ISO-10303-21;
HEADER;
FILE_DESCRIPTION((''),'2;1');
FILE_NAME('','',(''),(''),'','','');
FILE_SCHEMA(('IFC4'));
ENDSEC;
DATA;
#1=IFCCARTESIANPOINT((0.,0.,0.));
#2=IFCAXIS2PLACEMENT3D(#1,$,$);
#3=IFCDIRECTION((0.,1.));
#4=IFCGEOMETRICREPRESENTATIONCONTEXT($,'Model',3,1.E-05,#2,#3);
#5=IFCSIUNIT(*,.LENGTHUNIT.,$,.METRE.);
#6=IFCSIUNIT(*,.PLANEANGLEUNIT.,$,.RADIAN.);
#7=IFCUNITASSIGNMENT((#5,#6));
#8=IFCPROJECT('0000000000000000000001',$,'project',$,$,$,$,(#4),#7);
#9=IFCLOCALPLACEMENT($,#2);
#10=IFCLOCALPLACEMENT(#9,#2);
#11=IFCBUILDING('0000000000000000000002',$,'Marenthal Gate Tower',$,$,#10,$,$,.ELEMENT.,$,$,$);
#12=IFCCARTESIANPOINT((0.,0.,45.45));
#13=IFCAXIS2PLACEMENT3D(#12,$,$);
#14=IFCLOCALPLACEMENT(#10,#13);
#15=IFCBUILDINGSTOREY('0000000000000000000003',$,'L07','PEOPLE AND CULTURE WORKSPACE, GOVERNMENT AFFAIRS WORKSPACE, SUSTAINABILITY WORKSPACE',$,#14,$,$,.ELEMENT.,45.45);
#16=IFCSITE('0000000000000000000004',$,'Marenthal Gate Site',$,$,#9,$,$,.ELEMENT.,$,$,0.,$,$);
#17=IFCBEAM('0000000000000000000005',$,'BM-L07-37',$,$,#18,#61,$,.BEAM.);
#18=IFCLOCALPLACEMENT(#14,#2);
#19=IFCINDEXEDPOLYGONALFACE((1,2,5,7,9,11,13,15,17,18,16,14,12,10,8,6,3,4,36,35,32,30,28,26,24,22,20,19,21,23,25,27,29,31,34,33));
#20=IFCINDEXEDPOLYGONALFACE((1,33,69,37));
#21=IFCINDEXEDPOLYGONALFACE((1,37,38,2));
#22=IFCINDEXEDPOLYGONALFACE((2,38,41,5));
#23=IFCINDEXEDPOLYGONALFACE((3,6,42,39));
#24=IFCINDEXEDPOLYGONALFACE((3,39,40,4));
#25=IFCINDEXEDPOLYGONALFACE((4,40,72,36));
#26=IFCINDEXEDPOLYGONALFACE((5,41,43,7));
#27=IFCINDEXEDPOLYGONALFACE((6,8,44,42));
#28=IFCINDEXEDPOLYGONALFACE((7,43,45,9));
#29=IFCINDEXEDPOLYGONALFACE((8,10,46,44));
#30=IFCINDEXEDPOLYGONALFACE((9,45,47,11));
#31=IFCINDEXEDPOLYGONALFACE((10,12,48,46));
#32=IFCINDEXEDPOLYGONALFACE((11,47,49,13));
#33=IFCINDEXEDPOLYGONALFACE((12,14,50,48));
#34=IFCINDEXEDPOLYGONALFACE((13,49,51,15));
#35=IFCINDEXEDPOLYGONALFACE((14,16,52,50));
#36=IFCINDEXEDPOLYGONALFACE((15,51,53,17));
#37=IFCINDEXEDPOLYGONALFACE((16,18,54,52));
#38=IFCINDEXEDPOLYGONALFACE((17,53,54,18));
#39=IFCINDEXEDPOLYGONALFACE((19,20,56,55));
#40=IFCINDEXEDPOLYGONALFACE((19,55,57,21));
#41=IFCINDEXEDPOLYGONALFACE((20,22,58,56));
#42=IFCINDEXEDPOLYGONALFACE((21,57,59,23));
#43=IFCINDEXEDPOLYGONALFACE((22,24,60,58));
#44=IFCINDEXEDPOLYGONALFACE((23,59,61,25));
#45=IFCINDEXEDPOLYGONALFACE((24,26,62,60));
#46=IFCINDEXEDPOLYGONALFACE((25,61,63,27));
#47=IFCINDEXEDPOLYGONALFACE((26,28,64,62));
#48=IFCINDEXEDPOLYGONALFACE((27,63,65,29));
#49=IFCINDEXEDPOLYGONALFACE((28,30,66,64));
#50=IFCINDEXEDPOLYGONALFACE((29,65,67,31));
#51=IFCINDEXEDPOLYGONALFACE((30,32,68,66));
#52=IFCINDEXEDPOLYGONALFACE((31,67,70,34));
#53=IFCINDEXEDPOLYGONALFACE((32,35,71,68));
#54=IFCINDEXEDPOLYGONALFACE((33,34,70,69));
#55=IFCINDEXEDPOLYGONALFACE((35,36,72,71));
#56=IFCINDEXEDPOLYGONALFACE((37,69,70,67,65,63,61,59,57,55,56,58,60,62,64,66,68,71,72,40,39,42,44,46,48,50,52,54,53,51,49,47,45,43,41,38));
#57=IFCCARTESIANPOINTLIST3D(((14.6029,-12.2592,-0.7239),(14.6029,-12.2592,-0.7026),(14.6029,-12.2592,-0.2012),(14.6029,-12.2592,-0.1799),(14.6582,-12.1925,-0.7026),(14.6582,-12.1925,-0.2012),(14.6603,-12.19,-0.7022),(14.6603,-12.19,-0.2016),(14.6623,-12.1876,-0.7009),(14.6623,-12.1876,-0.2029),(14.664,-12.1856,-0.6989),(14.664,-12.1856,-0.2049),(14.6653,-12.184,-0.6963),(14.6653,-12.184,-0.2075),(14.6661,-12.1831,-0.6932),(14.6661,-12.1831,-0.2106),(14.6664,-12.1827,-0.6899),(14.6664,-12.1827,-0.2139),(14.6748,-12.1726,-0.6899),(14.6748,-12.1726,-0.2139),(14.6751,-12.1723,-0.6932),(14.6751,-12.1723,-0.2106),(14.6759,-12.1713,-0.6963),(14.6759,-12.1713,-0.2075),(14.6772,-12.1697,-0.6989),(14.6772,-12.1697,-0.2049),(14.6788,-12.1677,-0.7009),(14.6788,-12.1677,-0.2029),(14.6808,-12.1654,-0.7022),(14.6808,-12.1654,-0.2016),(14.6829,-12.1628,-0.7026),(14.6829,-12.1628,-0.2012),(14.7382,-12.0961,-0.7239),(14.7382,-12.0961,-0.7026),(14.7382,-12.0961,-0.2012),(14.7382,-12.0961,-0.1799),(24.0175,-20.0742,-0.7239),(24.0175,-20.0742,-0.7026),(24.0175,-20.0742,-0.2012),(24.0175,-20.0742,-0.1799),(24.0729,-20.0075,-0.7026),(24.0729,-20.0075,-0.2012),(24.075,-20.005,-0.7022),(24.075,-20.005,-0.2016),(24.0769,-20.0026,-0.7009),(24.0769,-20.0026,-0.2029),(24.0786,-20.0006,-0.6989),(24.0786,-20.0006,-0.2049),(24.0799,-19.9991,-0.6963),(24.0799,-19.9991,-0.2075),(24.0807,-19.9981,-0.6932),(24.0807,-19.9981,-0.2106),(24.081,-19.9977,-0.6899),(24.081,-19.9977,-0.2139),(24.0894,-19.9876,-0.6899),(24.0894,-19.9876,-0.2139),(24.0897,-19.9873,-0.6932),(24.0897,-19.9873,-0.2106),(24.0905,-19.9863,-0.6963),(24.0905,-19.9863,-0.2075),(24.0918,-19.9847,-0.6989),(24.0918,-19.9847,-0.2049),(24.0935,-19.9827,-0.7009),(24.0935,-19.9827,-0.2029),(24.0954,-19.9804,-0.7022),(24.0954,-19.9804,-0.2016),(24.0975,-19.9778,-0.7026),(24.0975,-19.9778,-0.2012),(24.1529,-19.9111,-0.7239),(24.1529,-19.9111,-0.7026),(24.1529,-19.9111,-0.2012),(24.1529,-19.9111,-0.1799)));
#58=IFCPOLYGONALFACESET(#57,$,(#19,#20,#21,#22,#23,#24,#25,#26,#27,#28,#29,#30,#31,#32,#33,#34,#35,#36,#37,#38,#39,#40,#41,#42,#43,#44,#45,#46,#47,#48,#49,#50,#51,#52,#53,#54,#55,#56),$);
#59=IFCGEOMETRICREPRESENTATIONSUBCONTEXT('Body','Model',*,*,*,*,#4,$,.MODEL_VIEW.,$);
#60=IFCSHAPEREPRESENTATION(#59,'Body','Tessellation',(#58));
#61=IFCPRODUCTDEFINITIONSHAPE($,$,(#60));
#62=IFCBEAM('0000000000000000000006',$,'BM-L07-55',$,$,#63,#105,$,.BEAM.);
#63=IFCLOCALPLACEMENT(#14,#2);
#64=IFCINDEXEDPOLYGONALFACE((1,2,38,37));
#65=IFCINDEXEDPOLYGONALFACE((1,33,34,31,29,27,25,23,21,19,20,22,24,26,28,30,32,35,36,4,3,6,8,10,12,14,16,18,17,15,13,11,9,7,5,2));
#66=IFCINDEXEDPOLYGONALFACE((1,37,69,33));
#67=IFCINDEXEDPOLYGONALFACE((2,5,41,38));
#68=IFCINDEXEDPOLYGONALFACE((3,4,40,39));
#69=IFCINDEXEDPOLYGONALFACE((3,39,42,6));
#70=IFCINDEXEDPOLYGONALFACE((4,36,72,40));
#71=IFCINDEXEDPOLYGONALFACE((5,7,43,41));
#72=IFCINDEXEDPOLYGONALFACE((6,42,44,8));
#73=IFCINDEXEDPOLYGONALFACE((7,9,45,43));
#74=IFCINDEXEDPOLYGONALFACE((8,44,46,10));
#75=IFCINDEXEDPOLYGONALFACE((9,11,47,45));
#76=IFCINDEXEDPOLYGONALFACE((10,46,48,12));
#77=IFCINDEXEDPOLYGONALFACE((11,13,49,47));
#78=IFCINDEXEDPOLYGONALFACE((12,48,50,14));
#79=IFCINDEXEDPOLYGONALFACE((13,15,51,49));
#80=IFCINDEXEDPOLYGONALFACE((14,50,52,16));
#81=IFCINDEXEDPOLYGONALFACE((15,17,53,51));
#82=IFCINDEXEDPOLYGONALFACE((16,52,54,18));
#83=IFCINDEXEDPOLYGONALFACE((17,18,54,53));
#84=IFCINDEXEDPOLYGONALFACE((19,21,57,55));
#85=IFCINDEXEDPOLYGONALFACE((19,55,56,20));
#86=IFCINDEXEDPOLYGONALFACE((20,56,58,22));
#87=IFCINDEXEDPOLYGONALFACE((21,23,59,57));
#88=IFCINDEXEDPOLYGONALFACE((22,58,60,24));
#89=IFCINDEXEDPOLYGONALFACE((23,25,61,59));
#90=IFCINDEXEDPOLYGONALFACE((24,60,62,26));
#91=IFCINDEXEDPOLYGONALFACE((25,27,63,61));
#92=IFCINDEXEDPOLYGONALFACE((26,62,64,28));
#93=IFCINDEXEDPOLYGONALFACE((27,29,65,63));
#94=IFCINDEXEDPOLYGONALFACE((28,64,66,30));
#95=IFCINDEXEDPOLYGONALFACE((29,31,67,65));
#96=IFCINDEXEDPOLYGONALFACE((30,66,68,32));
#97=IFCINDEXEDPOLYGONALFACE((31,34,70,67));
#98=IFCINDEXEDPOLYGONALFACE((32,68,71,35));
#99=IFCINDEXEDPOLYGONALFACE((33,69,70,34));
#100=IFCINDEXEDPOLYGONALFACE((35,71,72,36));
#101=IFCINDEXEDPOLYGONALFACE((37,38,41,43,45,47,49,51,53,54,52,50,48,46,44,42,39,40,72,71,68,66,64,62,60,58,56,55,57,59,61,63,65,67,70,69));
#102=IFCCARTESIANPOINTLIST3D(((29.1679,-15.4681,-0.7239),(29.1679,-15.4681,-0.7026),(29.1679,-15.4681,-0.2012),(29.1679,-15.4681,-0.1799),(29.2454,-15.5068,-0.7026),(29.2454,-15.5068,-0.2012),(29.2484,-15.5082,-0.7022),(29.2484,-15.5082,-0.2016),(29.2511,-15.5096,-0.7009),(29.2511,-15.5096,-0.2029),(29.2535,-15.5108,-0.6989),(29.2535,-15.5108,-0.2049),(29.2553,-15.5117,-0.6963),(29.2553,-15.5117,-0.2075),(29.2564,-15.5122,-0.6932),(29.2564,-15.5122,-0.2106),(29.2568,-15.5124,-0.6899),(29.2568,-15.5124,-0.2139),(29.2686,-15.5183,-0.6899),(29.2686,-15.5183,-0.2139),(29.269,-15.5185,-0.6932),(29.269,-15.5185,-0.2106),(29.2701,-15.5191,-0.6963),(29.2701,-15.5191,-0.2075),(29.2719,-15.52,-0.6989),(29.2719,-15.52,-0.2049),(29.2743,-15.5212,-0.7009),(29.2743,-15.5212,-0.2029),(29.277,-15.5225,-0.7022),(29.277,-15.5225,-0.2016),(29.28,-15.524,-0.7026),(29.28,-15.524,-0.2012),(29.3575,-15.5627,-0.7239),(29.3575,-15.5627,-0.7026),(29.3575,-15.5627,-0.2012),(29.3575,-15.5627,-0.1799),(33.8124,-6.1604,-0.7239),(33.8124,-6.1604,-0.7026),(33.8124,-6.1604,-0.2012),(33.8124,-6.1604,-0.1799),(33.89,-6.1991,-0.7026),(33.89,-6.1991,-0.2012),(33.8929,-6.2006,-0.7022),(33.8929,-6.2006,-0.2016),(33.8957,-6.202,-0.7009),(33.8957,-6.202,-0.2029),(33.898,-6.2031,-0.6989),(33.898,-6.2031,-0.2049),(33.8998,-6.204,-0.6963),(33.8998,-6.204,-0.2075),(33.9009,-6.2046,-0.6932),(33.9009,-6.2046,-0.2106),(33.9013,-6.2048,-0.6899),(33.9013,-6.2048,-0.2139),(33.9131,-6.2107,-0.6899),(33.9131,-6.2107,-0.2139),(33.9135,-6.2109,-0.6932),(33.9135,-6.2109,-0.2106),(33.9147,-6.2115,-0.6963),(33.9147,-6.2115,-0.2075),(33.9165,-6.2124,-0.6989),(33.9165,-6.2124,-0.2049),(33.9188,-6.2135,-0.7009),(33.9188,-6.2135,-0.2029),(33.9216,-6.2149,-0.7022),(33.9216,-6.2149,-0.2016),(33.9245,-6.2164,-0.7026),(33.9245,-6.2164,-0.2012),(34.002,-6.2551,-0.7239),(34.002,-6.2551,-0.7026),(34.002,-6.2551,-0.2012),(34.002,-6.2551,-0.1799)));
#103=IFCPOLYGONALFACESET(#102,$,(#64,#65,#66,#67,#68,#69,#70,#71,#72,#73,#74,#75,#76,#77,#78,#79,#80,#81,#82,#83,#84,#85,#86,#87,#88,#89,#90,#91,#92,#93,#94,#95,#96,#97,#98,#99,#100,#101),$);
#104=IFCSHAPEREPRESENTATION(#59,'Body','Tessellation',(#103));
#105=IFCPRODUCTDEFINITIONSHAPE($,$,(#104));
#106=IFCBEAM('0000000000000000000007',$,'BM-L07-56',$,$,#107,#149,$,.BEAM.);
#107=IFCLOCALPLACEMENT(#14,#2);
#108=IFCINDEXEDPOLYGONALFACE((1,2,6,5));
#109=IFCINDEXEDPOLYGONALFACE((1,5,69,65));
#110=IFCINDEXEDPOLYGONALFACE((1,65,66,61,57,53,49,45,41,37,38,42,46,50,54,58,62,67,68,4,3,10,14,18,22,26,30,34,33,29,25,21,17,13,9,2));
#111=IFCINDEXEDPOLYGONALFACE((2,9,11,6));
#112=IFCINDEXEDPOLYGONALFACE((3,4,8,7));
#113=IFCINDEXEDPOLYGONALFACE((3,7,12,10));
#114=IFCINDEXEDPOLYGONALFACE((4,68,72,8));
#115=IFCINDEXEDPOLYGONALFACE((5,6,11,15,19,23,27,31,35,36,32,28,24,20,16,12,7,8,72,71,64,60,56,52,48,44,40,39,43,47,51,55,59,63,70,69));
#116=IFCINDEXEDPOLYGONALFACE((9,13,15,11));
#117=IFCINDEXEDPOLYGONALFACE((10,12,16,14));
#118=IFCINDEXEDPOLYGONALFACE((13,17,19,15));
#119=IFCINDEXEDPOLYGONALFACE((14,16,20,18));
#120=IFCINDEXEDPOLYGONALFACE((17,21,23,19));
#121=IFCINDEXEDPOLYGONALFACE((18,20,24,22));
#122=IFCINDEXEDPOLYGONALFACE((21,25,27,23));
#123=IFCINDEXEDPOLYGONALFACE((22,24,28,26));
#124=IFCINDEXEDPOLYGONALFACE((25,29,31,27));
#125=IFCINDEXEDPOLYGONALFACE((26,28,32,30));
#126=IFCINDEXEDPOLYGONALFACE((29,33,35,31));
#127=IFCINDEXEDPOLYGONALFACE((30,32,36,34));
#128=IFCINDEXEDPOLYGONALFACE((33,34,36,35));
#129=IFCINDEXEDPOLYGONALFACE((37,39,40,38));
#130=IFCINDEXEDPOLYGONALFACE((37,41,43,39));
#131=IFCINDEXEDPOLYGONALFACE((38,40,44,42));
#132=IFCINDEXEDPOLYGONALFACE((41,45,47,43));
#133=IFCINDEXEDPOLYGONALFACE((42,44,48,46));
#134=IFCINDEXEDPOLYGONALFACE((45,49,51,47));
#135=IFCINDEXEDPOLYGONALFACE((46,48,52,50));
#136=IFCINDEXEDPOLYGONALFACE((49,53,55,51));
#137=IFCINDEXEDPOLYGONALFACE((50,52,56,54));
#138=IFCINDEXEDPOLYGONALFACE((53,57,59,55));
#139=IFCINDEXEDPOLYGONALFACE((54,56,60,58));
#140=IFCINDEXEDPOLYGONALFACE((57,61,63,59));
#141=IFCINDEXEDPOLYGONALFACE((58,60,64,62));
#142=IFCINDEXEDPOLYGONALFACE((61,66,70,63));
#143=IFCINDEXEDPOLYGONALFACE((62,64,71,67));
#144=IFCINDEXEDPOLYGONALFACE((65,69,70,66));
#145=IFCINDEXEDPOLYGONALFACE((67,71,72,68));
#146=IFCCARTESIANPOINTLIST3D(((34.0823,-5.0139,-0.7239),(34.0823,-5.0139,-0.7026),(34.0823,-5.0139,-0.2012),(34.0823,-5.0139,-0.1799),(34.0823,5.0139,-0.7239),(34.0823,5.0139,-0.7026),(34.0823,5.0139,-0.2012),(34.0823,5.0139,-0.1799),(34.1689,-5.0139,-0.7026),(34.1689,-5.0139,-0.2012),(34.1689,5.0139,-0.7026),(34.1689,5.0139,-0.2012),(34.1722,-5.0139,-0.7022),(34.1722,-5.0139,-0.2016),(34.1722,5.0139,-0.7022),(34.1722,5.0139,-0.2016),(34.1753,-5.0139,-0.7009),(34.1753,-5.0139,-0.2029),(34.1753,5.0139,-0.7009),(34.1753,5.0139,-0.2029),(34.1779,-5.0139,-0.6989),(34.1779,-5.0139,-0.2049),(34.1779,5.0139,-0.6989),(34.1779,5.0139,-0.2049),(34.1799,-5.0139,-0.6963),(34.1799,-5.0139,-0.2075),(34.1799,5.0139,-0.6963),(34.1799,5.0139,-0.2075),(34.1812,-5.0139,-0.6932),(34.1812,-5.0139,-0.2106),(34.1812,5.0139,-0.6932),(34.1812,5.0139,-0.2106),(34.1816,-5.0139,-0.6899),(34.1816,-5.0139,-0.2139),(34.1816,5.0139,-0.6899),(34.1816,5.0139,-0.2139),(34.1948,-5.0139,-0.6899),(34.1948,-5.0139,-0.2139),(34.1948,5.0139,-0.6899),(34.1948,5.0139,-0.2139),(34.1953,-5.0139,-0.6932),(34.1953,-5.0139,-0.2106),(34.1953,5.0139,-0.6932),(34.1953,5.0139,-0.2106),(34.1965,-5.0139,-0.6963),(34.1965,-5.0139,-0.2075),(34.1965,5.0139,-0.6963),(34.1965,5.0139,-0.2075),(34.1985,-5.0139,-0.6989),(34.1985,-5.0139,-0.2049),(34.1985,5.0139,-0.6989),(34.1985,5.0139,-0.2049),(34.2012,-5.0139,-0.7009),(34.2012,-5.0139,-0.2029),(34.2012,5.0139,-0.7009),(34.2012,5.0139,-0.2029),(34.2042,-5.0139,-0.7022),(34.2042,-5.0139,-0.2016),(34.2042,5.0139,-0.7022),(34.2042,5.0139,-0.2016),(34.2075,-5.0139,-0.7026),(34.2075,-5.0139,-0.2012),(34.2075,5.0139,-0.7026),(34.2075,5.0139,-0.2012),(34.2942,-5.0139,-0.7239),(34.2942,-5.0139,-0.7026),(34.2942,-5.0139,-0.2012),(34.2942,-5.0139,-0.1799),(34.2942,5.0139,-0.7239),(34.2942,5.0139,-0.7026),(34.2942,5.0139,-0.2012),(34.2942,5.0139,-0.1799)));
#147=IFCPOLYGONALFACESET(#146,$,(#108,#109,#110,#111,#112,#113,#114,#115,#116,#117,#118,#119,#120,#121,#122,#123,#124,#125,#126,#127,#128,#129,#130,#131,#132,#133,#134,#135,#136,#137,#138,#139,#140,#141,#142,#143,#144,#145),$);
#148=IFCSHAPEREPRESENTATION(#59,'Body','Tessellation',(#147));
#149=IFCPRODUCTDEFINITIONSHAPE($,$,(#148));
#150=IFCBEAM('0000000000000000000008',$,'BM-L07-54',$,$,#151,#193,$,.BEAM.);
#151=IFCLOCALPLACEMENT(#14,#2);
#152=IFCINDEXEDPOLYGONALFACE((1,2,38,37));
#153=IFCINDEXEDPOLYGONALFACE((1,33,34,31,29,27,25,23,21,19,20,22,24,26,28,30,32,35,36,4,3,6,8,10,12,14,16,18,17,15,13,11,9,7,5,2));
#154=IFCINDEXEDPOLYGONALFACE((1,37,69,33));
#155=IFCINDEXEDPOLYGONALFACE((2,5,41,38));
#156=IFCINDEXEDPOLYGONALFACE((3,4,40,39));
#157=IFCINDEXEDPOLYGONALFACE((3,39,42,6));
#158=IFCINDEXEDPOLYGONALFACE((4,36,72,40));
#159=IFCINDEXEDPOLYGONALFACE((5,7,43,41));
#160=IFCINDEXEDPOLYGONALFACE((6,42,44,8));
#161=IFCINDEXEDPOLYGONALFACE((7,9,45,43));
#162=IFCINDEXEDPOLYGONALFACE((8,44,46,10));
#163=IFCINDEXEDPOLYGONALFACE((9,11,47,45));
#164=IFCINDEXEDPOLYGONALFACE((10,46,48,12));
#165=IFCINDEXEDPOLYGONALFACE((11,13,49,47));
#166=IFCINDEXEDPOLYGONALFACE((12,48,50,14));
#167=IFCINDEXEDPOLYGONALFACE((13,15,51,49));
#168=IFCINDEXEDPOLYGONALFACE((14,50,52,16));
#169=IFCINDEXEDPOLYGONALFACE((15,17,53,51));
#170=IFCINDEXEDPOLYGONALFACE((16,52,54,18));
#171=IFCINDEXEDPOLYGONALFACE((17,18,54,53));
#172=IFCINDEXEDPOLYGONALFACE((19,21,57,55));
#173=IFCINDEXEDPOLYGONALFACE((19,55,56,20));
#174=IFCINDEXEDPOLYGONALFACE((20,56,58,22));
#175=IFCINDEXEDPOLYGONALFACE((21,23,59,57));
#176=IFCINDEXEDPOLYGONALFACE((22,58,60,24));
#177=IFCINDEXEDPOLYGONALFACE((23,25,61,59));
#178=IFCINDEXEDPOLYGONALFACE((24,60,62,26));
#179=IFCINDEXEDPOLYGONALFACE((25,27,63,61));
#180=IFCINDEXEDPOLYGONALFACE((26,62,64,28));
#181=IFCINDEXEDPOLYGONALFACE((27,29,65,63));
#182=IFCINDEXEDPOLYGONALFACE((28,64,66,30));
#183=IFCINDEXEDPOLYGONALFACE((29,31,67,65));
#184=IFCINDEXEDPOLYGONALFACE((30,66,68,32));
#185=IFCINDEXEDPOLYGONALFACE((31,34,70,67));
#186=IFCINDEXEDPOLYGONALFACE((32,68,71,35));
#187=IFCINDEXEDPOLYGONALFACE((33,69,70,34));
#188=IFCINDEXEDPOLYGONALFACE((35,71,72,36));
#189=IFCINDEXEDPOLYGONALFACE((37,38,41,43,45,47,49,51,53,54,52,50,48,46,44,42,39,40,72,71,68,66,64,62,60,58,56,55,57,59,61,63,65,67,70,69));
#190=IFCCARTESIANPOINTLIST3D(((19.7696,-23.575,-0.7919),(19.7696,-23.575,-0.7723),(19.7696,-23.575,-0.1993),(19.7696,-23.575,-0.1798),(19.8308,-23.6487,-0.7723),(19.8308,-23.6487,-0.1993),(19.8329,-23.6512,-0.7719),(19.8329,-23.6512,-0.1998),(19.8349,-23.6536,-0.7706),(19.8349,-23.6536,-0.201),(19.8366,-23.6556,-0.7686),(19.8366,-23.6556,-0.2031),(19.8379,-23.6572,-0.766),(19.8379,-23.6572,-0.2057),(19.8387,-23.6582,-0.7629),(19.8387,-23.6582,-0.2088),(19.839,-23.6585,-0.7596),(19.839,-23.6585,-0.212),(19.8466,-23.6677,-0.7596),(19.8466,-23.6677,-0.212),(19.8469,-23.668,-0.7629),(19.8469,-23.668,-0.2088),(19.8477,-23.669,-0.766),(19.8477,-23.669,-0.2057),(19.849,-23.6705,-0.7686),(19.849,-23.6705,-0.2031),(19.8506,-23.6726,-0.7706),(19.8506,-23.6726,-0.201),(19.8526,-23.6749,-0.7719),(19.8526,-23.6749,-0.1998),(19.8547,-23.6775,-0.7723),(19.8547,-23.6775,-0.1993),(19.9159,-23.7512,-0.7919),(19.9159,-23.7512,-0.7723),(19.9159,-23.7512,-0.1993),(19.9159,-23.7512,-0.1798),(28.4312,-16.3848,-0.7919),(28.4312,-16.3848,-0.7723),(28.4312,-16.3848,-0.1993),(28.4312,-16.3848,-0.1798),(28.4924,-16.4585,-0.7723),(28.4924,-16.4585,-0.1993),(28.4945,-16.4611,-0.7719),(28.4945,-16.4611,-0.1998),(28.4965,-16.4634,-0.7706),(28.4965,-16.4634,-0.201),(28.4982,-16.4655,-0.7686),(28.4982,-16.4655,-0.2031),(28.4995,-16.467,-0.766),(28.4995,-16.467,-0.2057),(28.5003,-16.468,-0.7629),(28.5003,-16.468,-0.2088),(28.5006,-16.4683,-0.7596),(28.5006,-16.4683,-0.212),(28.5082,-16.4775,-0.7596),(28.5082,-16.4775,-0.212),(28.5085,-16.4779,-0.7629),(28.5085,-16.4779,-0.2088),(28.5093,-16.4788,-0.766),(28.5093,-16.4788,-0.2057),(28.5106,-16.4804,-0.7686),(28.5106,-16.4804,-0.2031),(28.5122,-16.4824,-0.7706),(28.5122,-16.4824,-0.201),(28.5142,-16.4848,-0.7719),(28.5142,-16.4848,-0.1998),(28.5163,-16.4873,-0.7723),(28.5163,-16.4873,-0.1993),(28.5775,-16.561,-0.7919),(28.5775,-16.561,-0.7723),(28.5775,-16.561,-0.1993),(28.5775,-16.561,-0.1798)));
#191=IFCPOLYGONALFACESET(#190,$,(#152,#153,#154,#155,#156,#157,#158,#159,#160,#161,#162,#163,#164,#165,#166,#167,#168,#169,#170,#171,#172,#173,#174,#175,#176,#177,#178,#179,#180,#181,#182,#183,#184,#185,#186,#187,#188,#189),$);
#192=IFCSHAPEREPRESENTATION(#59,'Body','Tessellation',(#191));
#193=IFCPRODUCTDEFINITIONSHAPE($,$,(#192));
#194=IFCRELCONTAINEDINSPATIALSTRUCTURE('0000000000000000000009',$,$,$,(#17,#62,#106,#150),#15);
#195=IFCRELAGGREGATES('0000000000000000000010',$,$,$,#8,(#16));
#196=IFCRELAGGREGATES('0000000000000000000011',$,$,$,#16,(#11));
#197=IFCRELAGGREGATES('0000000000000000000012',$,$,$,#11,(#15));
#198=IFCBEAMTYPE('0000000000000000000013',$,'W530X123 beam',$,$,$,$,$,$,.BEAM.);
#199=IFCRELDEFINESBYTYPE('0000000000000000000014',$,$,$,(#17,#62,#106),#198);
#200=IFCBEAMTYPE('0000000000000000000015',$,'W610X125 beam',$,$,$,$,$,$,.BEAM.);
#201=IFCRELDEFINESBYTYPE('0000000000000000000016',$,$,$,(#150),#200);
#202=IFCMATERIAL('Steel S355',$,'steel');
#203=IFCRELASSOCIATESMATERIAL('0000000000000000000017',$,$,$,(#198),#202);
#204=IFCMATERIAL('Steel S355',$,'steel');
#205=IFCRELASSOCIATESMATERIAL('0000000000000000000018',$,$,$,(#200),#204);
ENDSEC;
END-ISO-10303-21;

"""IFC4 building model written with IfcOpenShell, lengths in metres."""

from ifc_helpers import new_model, si_unit, direction, frame, origin, origin_2d, place, context, subcontext, project, spatial, i_section, extrude, material, material_profile, profile_set, type_object, element, save


model = new_model("IFC4")

# Units and contexts
model_context = context("Model", 3, precision=1e-05, world=origin(), true_north=direction((0.0, 1.0)))
body_context = subcontext(model_context, "Body", "Model", "MODEL_VIEW")
ifc_project = project(units=[si_unit("LENGTHUNIT", "METRE"), si_unit("PLANEANGLEUNIT", "RADIAN")], contexts=[model_context])

# Site, building, storey
site_placement = place(None, origin())
site = spatial("IfcSite", under=ifc_project, at=site_placement, Name="Marenthal Gate Site", CompositionType="ELEMENT", RefElevation=0.0)
building_placement = place(site_placement, origin())
building = spatial("IfcBuilding", under=site, at=building_placement, Name="Marenthal Gate Tower", CompositionType="ELEMENT")
storey_placement = place(building_placement, frame((0.0, 0.0, 45.45)))
storey = spatial("IfcBuildingStorey", under=building, at=storey_placement, Name="L07", Description="PEOPLE AND CULTURE WORKSPACE, GOVERNMENT AFFAIRS WORKSPACE, SUSTAINABILITY WORKSPACE", CompositionType="ELEMENT", Elevation=45.45)

# Beams
ifc_material_1 = material(Name="Steel S355", Category="steel")
ifc_material_profile_1 = material_profile(ifc_material_1, i_section(OverallWidth=0.2119, OverallDepth=0.5439, WebThickness=0.0132, FlangeThickness=0.0212, FilletRadius=0.0127, at=origin_2d()), Name="W530X123")
ifc_profile_set_1 = profile_set([ifc_material_profile_1], Name="Steel S355")
beam_type_1 = type_object("IfcBeamType", Name="W530X123 beam", PredefinedType="BEAM", material=ifc_profile_set_1)
beam_1_placement = place(storey_placement, frame((24.0852, -19.9927, -0.4519), z_axis=(-0.769447, 0.638711, 0.0), x_axis=(-0.638711, -0.769447, 0.0)))
element("IfcBeam", 1, at=beam_1_placement, inside=storey, type_object=beam_type_1, Name="BM-L07-37", PredefinedType="BEAM", context=body_context, shape_type="SweptSolid", body=[
    extrude(i_section(OverallWidth=0.2119, OverallDepth=0.5439, WebThickness=0.0132, FlangeThickness=0.0212, FilletRadius=0.0127, at=origin_2d()), origin(), (0.0, 0.0, 1.0), 12.2356),
])
beam_2_placement = place(storey_placement, frame((29.2627, -15.5154, -0.4519), z_axis=(0.4465, 0.894784, 0.0), x_axis=(-0.894784, 0.4465, 0.0)))
element("IfcBeam", 2, at=beam_2_placement, inside=storey, type_object=beam_type_1, Name="BM-L07-55", PredefinedType="BEAM", context=body_context, shape_type="SweptSolid", body=[
    extrude(i_section(OverallWidth=0.2119, OverallDepth=0.5439, WebThickness=0.0132, FlangeThickness=0.0212, FilletRadius=0.0127, at=origin_2d()), origin(), (0.0, 0.0, 1.0), 10.4021),
])
beam_3_placement = place(storey_placement, frame((34.1882, -5.0139, -0.4519), z_axis=(0.0, 1.0, 0.0), x_axis=(-1.0, 0.0, 0.0)))
element("IfcBeam", 3, at=beam_3_placement, inside=storey, type_object=beam_type_1, Name="BM-L07-56", PredefinedType="BEAM", context=body_context, shape_type="SweptSolid", body=[
    extrude(i_section(OverallWidth=0.2119, OverallDepth=0.5439, WebThickness=0.0132, FlangeThickness=0.0212, FilletRadius=0.0127, at=origin_2d()), origin(), (0.0, 0.0, 1.0), 10.0278),
])
ifc_material_2 = material(Name="Steel S355", Category="steel")
ifc_material_profile_2 = material_profile(ifc_material_2, i_section(OverallWidth=0.229, OverallDepth=0.6121, WebThickness=0.012, FlangeThickness=0.0195, FilletRadius=0.0127, at=origin_2d()), Name="W610X125")
ifc_profile_set_2 = profile_set([ifc_material_profile_2], Name="Steel S355")
beam_type_2 = type_object("IfcBeamType", Name="W610X125 beam", PredefinedType="BEAM", material=ifc_profile_set_2)
beam_4_placement = place(storey_placement, frame((19.8428, -23.6631, -0.4858), z_axis=(0.769436, 0.638724, 0.0), x_axis=(-0.638724, 0.769436, 0.0)))
element("IfcBeam", 4, at=beam_4_placement, inside=storey, type_object=beam_type_2, Name="BM-L07-54", PredefinedType="BEAM", context=body_context, shape_type="SweptSolid", body=[
    extrude(i_section(OverallWidth=0.229, OverallDepth=0.6121, WebThickness=0.012, FlangeThickness=0.0195, FilletRadius=0.0127, at=origin_2d()), origin(), (0.0, 0.0, 1.0), 11.2571),
])

save(model, "model.ifc")
